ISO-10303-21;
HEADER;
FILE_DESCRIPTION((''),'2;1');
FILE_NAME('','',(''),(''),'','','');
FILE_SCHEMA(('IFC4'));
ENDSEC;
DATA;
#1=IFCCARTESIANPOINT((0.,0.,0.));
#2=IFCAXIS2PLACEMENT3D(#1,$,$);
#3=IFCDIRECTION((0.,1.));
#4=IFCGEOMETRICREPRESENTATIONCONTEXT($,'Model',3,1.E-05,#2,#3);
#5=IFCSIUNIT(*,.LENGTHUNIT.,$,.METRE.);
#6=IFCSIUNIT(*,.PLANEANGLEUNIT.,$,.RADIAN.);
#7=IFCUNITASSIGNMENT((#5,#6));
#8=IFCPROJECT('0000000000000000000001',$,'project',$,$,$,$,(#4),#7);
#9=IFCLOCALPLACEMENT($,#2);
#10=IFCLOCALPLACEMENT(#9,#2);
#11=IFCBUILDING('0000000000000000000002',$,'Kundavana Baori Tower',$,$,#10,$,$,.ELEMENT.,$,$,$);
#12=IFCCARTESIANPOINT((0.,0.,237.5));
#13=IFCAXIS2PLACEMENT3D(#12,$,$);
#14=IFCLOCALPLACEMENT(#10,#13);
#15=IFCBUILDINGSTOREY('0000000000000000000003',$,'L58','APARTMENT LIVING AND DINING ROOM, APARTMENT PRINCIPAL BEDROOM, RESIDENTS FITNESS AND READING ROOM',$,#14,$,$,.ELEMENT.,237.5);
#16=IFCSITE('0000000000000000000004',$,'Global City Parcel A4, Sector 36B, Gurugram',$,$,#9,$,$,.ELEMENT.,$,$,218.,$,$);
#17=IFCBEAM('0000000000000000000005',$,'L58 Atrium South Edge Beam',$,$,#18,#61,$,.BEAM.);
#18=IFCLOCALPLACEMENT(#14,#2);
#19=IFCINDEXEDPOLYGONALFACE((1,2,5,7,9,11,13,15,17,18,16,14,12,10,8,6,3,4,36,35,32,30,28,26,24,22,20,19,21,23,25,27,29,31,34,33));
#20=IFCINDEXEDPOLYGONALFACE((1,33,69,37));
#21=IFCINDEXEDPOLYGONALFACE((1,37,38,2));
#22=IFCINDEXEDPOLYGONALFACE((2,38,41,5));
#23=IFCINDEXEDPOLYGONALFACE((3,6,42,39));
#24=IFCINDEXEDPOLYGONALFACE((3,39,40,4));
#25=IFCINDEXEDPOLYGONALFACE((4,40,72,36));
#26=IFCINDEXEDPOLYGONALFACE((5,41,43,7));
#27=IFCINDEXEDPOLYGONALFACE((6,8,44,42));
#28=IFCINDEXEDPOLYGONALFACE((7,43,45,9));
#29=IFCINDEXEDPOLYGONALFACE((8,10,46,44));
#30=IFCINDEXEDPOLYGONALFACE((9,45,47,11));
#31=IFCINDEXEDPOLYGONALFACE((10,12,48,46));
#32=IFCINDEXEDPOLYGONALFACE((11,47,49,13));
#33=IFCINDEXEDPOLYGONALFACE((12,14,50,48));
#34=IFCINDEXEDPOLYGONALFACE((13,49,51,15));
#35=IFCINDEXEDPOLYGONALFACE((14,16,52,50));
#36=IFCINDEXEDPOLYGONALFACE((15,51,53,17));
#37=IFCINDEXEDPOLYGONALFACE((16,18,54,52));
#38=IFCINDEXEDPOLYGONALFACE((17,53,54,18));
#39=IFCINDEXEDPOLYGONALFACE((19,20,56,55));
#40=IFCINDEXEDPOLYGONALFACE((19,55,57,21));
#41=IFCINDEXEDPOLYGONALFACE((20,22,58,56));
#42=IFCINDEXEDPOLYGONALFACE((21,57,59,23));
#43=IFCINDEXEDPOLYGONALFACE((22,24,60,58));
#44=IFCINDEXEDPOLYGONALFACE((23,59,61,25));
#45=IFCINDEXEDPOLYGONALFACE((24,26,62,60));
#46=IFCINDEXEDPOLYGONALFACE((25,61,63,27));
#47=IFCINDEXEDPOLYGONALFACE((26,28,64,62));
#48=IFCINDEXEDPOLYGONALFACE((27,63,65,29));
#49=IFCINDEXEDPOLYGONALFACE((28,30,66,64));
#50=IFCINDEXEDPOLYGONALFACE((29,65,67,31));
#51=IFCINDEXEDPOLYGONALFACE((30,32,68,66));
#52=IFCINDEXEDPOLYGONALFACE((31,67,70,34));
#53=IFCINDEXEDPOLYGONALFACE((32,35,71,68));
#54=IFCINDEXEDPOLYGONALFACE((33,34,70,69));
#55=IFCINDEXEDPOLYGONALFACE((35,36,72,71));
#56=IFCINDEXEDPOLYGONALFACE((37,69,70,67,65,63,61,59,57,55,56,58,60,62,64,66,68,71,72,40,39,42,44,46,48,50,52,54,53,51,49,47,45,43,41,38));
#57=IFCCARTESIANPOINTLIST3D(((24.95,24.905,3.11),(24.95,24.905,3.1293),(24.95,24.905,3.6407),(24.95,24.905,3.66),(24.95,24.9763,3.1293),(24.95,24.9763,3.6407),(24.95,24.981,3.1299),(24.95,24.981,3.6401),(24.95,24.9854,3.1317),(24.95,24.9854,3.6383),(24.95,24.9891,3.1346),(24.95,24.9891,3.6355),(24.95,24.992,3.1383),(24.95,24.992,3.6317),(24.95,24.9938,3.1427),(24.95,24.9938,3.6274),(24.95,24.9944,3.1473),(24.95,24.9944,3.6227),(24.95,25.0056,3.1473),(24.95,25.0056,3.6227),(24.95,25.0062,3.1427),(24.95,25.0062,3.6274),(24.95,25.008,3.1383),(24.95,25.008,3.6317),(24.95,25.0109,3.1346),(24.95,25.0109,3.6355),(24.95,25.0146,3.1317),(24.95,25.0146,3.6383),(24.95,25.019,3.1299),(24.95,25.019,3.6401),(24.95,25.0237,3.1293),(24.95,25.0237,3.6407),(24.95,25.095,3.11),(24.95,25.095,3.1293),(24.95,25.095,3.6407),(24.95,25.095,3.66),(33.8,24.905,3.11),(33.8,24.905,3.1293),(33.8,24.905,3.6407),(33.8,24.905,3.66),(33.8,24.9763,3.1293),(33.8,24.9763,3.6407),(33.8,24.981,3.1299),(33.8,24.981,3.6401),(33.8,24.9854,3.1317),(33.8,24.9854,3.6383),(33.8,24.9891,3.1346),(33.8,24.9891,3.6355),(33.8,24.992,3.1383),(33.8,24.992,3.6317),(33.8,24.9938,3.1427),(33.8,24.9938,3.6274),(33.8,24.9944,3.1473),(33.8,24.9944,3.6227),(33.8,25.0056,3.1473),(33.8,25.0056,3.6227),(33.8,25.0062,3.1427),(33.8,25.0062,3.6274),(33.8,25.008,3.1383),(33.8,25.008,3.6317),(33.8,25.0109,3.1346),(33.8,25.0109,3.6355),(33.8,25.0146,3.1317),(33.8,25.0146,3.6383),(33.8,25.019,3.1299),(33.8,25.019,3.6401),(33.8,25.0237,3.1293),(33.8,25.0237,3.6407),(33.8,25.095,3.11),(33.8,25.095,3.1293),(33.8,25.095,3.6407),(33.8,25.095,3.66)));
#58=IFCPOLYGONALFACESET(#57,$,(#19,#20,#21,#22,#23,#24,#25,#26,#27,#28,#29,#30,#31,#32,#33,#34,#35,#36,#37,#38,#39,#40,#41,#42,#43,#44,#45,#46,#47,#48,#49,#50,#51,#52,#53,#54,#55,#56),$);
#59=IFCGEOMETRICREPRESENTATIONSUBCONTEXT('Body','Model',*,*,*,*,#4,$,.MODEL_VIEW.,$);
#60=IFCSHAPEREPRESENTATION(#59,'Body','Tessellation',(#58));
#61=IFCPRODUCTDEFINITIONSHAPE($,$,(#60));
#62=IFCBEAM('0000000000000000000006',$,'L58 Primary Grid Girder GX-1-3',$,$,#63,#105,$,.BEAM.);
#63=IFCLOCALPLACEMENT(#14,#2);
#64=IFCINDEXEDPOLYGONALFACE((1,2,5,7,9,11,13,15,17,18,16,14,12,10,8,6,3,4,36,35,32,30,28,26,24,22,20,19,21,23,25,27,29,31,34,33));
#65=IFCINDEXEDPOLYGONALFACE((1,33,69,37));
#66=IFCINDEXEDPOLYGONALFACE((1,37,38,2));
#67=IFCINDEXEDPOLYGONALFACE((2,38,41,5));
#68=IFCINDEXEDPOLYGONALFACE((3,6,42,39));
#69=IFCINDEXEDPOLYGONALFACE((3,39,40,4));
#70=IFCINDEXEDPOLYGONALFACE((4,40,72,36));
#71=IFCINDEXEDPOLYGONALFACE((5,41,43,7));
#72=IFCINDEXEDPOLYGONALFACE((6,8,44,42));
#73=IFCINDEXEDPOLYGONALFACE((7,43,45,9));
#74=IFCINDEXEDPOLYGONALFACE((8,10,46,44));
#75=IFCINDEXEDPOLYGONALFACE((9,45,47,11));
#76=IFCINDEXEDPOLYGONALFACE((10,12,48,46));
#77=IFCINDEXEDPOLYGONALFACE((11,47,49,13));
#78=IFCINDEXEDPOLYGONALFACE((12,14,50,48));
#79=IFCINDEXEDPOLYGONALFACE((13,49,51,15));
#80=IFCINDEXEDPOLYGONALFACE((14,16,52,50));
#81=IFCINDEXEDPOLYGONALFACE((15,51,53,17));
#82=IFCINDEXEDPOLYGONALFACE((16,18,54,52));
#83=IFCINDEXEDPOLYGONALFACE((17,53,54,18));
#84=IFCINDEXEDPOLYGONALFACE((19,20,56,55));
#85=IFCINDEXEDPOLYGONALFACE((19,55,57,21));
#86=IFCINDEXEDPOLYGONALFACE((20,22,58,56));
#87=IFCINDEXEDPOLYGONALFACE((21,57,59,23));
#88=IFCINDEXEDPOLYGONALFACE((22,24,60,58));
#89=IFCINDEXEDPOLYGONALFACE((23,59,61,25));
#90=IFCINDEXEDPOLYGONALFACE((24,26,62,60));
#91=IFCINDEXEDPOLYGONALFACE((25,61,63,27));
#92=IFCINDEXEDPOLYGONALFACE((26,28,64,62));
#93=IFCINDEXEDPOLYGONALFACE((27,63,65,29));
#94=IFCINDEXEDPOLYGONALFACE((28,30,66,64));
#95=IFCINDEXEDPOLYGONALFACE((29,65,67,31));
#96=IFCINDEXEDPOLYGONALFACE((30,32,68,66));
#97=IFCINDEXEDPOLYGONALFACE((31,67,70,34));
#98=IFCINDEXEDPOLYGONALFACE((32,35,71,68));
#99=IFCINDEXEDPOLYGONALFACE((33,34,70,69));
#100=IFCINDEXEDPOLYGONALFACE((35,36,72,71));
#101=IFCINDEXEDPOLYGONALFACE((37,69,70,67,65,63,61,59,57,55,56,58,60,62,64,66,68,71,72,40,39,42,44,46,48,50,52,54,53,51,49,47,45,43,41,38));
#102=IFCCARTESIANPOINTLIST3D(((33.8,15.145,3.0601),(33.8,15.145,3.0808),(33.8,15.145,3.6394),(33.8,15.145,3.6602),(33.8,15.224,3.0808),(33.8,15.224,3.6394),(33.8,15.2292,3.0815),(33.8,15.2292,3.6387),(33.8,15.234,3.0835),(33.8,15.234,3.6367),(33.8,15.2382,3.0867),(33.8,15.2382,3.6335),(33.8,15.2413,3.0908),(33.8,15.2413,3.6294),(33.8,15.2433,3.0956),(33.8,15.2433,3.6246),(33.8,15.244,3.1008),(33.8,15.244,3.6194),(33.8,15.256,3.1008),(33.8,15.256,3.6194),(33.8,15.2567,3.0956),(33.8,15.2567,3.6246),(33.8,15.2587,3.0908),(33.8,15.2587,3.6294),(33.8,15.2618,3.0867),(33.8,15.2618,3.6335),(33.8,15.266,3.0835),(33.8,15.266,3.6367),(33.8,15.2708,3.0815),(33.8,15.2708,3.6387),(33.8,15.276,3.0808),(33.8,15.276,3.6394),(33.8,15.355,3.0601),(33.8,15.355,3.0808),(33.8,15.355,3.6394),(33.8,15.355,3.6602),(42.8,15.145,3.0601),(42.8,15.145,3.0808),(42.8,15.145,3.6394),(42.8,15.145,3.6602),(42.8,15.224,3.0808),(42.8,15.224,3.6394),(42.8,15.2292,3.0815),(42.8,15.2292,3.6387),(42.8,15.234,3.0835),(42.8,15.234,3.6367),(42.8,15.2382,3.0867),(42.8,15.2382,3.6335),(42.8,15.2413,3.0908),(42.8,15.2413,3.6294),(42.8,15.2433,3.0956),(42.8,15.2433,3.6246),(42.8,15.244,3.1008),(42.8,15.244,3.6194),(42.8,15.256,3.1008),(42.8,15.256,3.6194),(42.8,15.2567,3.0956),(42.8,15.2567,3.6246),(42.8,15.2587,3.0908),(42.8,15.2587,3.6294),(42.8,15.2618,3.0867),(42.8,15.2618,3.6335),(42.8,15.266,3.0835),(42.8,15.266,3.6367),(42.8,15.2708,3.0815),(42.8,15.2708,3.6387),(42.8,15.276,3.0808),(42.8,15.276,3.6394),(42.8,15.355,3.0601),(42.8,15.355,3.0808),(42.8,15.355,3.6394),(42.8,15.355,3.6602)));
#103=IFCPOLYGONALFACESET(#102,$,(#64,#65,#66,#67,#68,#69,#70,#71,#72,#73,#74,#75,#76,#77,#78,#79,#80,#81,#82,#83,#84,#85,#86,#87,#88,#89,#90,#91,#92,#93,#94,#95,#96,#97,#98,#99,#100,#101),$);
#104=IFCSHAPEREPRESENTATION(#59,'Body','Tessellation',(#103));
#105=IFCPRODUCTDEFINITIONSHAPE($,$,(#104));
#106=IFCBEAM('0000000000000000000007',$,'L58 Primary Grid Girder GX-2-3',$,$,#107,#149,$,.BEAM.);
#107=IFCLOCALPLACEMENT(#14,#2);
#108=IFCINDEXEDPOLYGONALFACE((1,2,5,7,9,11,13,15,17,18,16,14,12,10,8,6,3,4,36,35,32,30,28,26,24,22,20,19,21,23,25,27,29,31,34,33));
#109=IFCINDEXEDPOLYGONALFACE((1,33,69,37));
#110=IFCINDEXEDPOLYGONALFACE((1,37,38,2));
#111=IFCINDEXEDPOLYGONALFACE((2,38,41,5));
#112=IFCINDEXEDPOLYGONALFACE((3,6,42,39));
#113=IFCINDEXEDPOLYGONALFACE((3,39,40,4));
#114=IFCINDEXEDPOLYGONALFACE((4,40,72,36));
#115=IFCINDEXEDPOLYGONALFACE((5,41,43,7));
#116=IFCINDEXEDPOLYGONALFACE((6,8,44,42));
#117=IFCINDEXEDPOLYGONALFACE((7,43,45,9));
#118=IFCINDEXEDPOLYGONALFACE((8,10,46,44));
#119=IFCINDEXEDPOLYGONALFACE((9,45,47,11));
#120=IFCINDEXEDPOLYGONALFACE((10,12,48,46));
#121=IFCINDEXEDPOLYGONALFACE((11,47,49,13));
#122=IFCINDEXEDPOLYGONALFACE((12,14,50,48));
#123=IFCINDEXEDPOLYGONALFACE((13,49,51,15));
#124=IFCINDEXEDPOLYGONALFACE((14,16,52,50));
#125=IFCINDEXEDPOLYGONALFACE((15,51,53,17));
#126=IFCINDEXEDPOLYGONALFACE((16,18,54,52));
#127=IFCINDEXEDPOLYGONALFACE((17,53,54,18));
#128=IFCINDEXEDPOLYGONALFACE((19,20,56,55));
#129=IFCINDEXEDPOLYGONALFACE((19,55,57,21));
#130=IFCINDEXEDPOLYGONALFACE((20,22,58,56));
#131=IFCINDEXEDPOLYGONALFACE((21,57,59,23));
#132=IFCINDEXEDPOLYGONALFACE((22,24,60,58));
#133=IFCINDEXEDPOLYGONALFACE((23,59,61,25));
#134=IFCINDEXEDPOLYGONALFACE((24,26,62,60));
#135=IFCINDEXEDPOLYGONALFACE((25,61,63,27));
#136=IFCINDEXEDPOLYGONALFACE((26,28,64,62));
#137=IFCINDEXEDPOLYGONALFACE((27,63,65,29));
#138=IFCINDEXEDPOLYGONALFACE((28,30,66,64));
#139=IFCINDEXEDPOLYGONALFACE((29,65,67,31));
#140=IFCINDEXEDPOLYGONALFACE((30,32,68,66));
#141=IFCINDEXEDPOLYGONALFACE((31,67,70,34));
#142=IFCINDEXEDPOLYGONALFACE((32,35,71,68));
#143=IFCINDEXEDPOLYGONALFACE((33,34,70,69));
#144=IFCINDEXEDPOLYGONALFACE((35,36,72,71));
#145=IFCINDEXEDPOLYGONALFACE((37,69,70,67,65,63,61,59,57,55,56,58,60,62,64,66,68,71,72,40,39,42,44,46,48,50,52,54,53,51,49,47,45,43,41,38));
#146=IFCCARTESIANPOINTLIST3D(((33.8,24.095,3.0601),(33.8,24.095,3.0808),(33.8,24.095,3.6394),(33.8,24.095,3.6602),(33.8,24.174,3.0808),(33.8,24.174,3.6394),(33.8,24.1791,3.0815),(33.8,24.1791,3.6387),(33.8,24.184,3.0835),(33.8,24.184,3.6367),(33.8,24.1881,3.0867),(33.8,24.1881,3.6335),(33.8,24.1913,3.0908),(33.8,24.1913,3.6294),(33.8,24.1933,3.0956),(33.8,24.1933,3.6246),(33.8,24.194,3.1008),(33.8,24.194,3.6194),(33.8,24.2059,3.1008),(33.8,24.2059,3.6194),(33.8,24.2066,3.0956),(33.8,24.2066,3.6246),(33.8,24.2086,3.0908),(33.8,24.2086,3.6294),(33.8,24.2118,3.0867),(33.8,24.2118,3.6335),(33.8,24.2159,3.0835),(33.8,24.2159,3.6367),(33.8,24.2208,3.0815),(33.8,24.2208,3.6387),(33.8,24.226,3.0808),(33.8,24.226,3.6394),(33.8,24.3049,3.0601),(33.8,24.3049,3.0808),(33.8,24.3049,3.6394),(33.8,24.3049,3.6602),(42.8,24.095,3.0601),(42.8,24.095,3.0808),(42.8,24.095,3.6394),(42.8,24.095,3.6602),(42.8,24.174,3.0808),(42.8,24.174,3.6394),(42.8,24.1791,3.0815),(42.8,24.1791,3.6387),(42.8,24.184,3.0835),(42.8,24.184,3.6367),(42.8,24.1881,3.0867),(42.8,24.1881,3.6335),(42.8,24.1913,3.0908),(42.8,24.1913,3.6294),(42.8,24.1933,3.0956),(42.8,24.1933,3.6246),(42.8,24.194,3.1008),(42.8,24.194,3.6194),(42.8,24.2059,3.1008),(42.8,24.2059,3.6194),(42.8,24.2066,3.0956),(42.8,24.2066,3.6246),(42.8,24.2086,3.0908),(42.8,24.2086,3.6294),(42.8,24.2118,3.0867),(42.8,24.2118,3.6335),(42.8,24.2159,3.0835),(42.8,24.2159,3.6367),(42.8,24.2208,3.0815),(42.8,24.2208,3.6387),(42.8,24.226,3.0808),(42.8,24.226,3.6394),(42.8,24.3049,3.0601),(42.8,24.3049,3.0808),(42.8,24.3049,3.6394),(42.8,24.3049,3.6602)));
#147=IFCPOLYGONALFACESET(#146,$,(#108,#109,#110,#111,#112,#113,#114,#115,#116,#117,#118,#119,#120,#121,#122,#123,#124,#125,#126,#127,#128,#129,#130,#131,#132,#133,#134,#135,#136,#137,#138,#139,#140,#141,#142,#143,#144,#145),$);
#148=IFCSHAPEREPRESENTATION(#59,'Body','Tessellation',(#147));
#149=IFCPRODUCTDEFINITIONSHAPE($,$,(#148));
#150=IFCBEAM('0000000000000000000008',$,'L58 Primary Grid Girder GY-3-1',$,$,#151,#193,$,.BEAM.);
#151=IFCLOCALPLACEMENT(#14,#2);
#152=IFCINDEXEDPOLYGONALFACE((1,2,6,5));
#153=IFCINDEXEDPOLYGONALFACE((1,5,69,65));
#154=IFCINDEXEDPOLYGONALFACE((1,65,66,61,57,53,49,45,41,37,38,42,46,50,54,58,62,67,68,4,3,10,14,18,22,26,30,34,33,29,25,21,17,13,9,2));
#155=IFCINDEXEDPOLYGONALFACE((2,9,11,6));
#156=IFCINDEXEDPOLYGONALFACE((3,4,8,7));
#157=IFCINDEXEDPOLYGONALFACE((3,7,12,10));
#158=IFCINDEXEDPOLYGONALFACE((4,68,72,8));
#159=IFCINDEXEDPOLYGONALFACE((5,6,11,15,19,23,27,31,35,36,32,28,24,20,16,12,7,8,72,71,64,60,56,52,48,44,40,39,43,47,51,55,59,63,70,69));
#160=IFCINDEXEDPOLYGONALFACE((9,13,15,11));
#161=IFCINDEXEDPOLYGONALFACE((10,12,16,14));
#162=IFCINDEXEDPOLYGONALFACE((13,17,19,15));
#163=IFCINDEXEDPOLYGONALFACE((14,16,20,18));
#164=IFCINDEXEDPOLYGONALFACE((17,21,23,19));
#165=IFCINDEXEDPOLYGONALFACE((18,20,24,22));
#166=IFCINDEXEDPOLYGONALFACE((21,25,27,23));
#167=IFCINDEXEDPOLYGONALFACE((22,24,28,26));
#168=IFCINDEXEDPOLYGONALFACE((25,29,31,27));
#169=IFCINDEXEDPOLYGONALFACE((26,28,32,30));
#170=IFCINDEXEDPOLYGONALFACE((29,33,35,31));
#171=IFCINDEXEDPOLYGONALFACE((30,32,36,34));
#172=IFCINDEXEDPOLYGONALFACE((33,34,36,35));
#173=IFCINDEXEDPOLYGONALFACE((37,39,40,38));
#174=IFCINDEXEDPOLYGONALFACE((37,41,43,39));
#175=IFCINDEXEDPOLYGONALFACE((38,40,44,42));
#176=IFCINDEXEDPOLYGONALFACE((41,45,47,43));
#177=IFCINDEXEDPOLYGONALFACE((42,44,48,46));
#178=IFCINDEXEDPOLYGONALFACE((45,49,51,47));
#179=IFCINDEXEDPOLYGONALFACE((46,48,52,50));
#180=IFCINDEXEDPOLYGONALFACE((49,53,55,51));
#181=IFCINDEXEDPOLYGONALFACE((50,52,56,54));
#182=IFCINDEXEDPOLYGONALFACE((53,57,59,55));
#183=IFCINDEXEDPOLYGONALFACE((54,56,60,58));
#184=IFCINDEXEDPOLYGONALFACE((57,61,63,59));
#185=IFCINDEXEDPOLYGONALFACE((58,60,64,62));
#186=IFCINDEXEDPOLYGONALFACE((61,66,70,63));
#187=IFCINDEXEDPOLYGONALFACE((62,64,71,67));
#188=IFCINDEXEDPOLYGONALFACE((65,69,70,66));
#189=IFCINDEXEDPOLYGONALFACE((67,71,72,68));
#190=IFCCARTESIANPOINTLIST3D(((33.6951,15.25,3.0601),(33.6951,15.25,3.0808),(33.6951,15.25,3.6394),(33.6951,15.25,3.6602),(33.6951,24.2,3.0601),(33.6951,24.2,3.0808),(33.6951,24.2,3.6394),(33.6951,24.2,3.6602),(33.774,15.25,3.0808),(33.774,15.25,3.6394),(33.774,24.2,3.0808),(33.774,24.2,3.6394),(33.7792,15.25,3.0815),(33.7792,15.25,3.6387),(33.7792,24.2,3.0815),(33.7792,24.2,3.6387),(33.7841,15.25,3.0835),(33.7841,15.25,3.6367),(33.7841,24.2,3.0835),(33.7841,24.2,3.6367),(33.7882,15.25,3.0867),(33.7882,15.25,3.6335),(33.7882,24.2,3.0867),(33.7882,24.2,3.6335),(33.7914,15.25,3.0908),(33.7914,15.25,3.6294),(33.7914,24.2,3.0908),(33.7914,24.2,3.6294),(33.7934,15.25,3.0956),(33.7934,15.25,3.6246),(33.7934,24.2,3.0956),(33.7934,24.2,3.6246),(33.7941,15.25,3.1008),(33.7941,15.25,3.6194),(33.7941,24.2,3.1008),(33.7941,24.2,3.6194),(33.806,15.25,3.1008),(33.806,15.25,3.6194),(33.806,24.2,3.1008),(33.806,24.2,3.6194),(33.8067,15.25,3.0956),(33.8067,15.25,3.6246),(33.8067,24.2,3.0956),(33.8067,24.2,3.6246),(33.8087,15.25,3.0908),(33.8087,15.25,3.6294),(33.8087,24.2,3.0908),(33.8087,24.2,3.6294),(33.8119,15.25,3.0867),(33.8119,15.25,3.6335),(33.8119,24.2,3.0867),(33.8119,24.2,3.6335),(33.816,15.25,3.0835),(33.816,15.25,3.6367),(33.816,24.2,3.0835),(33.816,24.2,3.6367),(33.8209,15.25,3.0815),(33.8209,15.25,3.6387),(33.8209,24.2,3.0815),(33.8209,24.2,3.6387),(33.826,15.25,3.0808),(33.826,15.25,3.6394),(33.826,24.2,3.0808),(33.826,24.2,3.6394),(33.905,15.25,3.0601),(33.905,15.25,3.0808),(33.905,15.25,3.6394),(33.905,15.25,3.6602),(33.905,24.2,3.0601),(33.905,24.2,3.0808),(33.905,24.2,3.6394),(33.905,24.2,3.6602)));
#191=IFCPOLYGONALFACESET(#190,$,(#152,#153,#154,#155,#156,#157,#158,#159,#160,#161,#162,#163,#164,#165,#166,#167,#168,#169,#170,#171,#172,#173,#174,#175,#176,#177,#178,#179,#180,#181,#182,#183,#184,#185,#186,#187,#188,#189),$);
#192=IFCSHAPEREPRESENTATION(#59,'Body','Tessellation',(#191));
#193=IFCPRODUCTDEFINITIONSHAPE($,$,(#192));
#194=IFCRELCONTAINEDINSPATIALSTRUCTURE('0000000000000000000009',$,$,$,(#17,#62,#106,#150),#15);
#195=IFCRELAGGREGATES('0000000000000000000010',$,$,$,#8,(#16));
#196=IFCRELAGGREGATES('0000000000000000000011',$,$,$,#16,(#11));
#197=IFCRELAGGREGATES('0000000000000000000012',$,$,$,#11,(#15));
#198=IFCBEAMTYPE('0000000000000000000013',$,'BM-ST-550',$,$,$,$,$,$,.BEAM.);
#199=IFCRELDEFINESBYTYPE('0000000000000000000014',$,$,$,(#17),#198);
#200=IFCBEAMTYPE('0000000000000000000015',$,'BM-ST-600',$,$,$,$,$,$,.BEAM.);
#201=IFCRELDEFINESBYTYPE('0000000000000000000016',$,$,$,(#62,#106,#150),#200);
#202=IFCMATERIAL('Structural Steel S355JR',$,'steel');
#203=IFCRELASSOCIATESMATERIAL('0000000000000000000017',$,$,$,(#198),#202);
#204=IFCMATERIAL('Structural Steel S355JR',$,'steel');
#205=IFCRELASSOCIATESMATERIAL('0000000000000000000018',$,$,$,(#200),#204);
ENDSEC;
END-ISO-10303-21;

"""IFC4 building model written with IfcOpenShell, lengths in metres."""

from ifc_helpers import new_model, si_unit, direction, frame, origin, origin_2d, place, context, subcontext, project, spatial, i_section, extrude, material, material_profile, profile_set, type_object, element, save


model = new_model("IFC4")

# Units and contexts
model_context = context("Model", 3, precision=1e-05, world=origin(), true_north=direction((0.0, 1.0)))
body_context = subcontext(model_context, "Body", "Model", "MODEL_VIEW")
ifc_project = project(units=[si_unit("LENGTHUNIT", "METRE"), si_unit("PLANEANGLEUNIT", "RADIAN")], contexts=[model_context])

# Site, building, storey
site_placement = place(None, origin())
site = spatial("IfcSite", under=ifc_project, at=site_placement, Name="Global City Parcel A4, Sector 36B, Gurugram", CompositionType="ELEMENT", RefElevation=218.0)
building_placement = place(site_placement, origin())
building = spatial("IfcBuilding", under=site, at=building_placement, Name="Kundavana Baori Tower", CompositionType="ELEMENT")
storey_placement = place(building_placement, frame((0.0, 0.0, 237.5)))
storey = spatial("IfcBuildingStorey", under=building, at=storey_placement, Name="L58", Description="APARTMENT LIVING AND DINING ROOM, APARTMENT PRINCIPAL BEDROOM, RESIDENTS FITNESS AND READING ROOM", CompositionType="ELEMENT", Elevation=237.5)

# Beams
ifc_material_1 = material(Name="Structural Steel S355JR", Category="steel")
ifc_material_profile_1 = material_profile(ifc_material_1, i_section(OverallWidth=0.1899, OverallDepth=0.55, WebThickness=0.0112, FlangeThickness=0.0193, FilletRadius=0.0181, at=origin_2d()), Name="ISMB 550")
ifc_profile_set_1 = profile_set([ifc_material_profile_1], Name="Structural Steel S355JR")
beam_type_1 = type_object("IfcBeamType", Name="BM-ST-550", PredefinedType="BEAM", material=ifc_profile_set_1)
beam_1_placement = place(storey_placement, frame((24.95, 25.0, 3.385), z_axis=(1.0, 0.0, 0.0), x_axis=(0.0, 1.0, 0.0)))
element("IfcBeam", 1, at=beam_1_placement, inside=storey, type_object=beam_type_1, Name="L58 Atrium South Edge Beam", PredefinedType="BEAM", context=body_context, shape_type="SweptSolid", body=[
    extrude(i_section(OverallWidth=0.1899, OverallDepth=0.55, WebThickness=0.0112, FlangeThickness=0.0193, FilletRadius=0.0181, at=origin_2d()), origin(), (0.0, 0.0, 1.0), 8.8501),
])
ifc_material_2 = material(Name="Structural Steel S355JR", Category="steel")
ifc_material_profile_2 = material_profile(ifc_material_2, i_section(OverallWidth=0.21, OverallDepth=0.6001, WebThickness=0.012, FlangeThickness=0.0208, FilletRadius=0.02, at=origin_2d()), Name="ISMB 600")
ifc_profile_set_2 = profile_set([ifc_material_profile_2], Name="Structural Steel S355JR")
beam_type_2 = type_object("IfcBeamType", Name="BM-ST-600", PredefinedType="BEAM", material=ifc_profile_set_2)
for number, where, z_axis, x_axis, name in (
    (2, (33.8, 15.25, 3.3601), (1.0, 0.0, 0.0), (0.0, 1.0, 0.0), "L58 Primary Grid Girder GX-1-3"),
    (3, (33.8, 24.2, 3.3601), (1.0, 0.0, 0.0), (0.0, 1.0, 0.0), "L58 Primary Grid Girder GX-2-3"),
):
    element("IfcBeam", number, at=place(storey_placement, frame(where, z_axis=z_axis, x_axis=x_axis)), inside=storey, type_object=beam_type_2, Name=name, PredefinedType="BEAM", context=body_context, shape_type="SweptSolid", body=[
        extrude(i_section(OverallWidth=0.21, OverallDepth=0.6001, WebThickness=0.012, FlangeThickness=0.0208, FilletRadius=0.02, at=origin_2d()), origin(), (0.0, 0.0, 1.0), 9.0),
    ])
beam_2_placement = place(storey_placement, frame((33.8, 15.25, 3.3601), z_axis=(0.0, 1.0, 0.0), x_axis=(-1.0, 0.0, 0.0)))
element("IfcBeam", 4, at=beam_2_placement, inside=storey, type_object=beam_type_2, Name="L58 Primary Grid Girder GY-3-1", PredefinedType="BEAM", context=body_context, shape_type="SweptSolid", body=[
    extrude(i_section(OverallWidth=0.21, OverallDepth=0.6001, WebThickness=0.012, FlangeThickness=0.0208, FilletRadius=0.02, at=origin_2d()), origin(), (0.0, 0.0, 1.0), 8.95),
])

save(model, "model.ifc")
